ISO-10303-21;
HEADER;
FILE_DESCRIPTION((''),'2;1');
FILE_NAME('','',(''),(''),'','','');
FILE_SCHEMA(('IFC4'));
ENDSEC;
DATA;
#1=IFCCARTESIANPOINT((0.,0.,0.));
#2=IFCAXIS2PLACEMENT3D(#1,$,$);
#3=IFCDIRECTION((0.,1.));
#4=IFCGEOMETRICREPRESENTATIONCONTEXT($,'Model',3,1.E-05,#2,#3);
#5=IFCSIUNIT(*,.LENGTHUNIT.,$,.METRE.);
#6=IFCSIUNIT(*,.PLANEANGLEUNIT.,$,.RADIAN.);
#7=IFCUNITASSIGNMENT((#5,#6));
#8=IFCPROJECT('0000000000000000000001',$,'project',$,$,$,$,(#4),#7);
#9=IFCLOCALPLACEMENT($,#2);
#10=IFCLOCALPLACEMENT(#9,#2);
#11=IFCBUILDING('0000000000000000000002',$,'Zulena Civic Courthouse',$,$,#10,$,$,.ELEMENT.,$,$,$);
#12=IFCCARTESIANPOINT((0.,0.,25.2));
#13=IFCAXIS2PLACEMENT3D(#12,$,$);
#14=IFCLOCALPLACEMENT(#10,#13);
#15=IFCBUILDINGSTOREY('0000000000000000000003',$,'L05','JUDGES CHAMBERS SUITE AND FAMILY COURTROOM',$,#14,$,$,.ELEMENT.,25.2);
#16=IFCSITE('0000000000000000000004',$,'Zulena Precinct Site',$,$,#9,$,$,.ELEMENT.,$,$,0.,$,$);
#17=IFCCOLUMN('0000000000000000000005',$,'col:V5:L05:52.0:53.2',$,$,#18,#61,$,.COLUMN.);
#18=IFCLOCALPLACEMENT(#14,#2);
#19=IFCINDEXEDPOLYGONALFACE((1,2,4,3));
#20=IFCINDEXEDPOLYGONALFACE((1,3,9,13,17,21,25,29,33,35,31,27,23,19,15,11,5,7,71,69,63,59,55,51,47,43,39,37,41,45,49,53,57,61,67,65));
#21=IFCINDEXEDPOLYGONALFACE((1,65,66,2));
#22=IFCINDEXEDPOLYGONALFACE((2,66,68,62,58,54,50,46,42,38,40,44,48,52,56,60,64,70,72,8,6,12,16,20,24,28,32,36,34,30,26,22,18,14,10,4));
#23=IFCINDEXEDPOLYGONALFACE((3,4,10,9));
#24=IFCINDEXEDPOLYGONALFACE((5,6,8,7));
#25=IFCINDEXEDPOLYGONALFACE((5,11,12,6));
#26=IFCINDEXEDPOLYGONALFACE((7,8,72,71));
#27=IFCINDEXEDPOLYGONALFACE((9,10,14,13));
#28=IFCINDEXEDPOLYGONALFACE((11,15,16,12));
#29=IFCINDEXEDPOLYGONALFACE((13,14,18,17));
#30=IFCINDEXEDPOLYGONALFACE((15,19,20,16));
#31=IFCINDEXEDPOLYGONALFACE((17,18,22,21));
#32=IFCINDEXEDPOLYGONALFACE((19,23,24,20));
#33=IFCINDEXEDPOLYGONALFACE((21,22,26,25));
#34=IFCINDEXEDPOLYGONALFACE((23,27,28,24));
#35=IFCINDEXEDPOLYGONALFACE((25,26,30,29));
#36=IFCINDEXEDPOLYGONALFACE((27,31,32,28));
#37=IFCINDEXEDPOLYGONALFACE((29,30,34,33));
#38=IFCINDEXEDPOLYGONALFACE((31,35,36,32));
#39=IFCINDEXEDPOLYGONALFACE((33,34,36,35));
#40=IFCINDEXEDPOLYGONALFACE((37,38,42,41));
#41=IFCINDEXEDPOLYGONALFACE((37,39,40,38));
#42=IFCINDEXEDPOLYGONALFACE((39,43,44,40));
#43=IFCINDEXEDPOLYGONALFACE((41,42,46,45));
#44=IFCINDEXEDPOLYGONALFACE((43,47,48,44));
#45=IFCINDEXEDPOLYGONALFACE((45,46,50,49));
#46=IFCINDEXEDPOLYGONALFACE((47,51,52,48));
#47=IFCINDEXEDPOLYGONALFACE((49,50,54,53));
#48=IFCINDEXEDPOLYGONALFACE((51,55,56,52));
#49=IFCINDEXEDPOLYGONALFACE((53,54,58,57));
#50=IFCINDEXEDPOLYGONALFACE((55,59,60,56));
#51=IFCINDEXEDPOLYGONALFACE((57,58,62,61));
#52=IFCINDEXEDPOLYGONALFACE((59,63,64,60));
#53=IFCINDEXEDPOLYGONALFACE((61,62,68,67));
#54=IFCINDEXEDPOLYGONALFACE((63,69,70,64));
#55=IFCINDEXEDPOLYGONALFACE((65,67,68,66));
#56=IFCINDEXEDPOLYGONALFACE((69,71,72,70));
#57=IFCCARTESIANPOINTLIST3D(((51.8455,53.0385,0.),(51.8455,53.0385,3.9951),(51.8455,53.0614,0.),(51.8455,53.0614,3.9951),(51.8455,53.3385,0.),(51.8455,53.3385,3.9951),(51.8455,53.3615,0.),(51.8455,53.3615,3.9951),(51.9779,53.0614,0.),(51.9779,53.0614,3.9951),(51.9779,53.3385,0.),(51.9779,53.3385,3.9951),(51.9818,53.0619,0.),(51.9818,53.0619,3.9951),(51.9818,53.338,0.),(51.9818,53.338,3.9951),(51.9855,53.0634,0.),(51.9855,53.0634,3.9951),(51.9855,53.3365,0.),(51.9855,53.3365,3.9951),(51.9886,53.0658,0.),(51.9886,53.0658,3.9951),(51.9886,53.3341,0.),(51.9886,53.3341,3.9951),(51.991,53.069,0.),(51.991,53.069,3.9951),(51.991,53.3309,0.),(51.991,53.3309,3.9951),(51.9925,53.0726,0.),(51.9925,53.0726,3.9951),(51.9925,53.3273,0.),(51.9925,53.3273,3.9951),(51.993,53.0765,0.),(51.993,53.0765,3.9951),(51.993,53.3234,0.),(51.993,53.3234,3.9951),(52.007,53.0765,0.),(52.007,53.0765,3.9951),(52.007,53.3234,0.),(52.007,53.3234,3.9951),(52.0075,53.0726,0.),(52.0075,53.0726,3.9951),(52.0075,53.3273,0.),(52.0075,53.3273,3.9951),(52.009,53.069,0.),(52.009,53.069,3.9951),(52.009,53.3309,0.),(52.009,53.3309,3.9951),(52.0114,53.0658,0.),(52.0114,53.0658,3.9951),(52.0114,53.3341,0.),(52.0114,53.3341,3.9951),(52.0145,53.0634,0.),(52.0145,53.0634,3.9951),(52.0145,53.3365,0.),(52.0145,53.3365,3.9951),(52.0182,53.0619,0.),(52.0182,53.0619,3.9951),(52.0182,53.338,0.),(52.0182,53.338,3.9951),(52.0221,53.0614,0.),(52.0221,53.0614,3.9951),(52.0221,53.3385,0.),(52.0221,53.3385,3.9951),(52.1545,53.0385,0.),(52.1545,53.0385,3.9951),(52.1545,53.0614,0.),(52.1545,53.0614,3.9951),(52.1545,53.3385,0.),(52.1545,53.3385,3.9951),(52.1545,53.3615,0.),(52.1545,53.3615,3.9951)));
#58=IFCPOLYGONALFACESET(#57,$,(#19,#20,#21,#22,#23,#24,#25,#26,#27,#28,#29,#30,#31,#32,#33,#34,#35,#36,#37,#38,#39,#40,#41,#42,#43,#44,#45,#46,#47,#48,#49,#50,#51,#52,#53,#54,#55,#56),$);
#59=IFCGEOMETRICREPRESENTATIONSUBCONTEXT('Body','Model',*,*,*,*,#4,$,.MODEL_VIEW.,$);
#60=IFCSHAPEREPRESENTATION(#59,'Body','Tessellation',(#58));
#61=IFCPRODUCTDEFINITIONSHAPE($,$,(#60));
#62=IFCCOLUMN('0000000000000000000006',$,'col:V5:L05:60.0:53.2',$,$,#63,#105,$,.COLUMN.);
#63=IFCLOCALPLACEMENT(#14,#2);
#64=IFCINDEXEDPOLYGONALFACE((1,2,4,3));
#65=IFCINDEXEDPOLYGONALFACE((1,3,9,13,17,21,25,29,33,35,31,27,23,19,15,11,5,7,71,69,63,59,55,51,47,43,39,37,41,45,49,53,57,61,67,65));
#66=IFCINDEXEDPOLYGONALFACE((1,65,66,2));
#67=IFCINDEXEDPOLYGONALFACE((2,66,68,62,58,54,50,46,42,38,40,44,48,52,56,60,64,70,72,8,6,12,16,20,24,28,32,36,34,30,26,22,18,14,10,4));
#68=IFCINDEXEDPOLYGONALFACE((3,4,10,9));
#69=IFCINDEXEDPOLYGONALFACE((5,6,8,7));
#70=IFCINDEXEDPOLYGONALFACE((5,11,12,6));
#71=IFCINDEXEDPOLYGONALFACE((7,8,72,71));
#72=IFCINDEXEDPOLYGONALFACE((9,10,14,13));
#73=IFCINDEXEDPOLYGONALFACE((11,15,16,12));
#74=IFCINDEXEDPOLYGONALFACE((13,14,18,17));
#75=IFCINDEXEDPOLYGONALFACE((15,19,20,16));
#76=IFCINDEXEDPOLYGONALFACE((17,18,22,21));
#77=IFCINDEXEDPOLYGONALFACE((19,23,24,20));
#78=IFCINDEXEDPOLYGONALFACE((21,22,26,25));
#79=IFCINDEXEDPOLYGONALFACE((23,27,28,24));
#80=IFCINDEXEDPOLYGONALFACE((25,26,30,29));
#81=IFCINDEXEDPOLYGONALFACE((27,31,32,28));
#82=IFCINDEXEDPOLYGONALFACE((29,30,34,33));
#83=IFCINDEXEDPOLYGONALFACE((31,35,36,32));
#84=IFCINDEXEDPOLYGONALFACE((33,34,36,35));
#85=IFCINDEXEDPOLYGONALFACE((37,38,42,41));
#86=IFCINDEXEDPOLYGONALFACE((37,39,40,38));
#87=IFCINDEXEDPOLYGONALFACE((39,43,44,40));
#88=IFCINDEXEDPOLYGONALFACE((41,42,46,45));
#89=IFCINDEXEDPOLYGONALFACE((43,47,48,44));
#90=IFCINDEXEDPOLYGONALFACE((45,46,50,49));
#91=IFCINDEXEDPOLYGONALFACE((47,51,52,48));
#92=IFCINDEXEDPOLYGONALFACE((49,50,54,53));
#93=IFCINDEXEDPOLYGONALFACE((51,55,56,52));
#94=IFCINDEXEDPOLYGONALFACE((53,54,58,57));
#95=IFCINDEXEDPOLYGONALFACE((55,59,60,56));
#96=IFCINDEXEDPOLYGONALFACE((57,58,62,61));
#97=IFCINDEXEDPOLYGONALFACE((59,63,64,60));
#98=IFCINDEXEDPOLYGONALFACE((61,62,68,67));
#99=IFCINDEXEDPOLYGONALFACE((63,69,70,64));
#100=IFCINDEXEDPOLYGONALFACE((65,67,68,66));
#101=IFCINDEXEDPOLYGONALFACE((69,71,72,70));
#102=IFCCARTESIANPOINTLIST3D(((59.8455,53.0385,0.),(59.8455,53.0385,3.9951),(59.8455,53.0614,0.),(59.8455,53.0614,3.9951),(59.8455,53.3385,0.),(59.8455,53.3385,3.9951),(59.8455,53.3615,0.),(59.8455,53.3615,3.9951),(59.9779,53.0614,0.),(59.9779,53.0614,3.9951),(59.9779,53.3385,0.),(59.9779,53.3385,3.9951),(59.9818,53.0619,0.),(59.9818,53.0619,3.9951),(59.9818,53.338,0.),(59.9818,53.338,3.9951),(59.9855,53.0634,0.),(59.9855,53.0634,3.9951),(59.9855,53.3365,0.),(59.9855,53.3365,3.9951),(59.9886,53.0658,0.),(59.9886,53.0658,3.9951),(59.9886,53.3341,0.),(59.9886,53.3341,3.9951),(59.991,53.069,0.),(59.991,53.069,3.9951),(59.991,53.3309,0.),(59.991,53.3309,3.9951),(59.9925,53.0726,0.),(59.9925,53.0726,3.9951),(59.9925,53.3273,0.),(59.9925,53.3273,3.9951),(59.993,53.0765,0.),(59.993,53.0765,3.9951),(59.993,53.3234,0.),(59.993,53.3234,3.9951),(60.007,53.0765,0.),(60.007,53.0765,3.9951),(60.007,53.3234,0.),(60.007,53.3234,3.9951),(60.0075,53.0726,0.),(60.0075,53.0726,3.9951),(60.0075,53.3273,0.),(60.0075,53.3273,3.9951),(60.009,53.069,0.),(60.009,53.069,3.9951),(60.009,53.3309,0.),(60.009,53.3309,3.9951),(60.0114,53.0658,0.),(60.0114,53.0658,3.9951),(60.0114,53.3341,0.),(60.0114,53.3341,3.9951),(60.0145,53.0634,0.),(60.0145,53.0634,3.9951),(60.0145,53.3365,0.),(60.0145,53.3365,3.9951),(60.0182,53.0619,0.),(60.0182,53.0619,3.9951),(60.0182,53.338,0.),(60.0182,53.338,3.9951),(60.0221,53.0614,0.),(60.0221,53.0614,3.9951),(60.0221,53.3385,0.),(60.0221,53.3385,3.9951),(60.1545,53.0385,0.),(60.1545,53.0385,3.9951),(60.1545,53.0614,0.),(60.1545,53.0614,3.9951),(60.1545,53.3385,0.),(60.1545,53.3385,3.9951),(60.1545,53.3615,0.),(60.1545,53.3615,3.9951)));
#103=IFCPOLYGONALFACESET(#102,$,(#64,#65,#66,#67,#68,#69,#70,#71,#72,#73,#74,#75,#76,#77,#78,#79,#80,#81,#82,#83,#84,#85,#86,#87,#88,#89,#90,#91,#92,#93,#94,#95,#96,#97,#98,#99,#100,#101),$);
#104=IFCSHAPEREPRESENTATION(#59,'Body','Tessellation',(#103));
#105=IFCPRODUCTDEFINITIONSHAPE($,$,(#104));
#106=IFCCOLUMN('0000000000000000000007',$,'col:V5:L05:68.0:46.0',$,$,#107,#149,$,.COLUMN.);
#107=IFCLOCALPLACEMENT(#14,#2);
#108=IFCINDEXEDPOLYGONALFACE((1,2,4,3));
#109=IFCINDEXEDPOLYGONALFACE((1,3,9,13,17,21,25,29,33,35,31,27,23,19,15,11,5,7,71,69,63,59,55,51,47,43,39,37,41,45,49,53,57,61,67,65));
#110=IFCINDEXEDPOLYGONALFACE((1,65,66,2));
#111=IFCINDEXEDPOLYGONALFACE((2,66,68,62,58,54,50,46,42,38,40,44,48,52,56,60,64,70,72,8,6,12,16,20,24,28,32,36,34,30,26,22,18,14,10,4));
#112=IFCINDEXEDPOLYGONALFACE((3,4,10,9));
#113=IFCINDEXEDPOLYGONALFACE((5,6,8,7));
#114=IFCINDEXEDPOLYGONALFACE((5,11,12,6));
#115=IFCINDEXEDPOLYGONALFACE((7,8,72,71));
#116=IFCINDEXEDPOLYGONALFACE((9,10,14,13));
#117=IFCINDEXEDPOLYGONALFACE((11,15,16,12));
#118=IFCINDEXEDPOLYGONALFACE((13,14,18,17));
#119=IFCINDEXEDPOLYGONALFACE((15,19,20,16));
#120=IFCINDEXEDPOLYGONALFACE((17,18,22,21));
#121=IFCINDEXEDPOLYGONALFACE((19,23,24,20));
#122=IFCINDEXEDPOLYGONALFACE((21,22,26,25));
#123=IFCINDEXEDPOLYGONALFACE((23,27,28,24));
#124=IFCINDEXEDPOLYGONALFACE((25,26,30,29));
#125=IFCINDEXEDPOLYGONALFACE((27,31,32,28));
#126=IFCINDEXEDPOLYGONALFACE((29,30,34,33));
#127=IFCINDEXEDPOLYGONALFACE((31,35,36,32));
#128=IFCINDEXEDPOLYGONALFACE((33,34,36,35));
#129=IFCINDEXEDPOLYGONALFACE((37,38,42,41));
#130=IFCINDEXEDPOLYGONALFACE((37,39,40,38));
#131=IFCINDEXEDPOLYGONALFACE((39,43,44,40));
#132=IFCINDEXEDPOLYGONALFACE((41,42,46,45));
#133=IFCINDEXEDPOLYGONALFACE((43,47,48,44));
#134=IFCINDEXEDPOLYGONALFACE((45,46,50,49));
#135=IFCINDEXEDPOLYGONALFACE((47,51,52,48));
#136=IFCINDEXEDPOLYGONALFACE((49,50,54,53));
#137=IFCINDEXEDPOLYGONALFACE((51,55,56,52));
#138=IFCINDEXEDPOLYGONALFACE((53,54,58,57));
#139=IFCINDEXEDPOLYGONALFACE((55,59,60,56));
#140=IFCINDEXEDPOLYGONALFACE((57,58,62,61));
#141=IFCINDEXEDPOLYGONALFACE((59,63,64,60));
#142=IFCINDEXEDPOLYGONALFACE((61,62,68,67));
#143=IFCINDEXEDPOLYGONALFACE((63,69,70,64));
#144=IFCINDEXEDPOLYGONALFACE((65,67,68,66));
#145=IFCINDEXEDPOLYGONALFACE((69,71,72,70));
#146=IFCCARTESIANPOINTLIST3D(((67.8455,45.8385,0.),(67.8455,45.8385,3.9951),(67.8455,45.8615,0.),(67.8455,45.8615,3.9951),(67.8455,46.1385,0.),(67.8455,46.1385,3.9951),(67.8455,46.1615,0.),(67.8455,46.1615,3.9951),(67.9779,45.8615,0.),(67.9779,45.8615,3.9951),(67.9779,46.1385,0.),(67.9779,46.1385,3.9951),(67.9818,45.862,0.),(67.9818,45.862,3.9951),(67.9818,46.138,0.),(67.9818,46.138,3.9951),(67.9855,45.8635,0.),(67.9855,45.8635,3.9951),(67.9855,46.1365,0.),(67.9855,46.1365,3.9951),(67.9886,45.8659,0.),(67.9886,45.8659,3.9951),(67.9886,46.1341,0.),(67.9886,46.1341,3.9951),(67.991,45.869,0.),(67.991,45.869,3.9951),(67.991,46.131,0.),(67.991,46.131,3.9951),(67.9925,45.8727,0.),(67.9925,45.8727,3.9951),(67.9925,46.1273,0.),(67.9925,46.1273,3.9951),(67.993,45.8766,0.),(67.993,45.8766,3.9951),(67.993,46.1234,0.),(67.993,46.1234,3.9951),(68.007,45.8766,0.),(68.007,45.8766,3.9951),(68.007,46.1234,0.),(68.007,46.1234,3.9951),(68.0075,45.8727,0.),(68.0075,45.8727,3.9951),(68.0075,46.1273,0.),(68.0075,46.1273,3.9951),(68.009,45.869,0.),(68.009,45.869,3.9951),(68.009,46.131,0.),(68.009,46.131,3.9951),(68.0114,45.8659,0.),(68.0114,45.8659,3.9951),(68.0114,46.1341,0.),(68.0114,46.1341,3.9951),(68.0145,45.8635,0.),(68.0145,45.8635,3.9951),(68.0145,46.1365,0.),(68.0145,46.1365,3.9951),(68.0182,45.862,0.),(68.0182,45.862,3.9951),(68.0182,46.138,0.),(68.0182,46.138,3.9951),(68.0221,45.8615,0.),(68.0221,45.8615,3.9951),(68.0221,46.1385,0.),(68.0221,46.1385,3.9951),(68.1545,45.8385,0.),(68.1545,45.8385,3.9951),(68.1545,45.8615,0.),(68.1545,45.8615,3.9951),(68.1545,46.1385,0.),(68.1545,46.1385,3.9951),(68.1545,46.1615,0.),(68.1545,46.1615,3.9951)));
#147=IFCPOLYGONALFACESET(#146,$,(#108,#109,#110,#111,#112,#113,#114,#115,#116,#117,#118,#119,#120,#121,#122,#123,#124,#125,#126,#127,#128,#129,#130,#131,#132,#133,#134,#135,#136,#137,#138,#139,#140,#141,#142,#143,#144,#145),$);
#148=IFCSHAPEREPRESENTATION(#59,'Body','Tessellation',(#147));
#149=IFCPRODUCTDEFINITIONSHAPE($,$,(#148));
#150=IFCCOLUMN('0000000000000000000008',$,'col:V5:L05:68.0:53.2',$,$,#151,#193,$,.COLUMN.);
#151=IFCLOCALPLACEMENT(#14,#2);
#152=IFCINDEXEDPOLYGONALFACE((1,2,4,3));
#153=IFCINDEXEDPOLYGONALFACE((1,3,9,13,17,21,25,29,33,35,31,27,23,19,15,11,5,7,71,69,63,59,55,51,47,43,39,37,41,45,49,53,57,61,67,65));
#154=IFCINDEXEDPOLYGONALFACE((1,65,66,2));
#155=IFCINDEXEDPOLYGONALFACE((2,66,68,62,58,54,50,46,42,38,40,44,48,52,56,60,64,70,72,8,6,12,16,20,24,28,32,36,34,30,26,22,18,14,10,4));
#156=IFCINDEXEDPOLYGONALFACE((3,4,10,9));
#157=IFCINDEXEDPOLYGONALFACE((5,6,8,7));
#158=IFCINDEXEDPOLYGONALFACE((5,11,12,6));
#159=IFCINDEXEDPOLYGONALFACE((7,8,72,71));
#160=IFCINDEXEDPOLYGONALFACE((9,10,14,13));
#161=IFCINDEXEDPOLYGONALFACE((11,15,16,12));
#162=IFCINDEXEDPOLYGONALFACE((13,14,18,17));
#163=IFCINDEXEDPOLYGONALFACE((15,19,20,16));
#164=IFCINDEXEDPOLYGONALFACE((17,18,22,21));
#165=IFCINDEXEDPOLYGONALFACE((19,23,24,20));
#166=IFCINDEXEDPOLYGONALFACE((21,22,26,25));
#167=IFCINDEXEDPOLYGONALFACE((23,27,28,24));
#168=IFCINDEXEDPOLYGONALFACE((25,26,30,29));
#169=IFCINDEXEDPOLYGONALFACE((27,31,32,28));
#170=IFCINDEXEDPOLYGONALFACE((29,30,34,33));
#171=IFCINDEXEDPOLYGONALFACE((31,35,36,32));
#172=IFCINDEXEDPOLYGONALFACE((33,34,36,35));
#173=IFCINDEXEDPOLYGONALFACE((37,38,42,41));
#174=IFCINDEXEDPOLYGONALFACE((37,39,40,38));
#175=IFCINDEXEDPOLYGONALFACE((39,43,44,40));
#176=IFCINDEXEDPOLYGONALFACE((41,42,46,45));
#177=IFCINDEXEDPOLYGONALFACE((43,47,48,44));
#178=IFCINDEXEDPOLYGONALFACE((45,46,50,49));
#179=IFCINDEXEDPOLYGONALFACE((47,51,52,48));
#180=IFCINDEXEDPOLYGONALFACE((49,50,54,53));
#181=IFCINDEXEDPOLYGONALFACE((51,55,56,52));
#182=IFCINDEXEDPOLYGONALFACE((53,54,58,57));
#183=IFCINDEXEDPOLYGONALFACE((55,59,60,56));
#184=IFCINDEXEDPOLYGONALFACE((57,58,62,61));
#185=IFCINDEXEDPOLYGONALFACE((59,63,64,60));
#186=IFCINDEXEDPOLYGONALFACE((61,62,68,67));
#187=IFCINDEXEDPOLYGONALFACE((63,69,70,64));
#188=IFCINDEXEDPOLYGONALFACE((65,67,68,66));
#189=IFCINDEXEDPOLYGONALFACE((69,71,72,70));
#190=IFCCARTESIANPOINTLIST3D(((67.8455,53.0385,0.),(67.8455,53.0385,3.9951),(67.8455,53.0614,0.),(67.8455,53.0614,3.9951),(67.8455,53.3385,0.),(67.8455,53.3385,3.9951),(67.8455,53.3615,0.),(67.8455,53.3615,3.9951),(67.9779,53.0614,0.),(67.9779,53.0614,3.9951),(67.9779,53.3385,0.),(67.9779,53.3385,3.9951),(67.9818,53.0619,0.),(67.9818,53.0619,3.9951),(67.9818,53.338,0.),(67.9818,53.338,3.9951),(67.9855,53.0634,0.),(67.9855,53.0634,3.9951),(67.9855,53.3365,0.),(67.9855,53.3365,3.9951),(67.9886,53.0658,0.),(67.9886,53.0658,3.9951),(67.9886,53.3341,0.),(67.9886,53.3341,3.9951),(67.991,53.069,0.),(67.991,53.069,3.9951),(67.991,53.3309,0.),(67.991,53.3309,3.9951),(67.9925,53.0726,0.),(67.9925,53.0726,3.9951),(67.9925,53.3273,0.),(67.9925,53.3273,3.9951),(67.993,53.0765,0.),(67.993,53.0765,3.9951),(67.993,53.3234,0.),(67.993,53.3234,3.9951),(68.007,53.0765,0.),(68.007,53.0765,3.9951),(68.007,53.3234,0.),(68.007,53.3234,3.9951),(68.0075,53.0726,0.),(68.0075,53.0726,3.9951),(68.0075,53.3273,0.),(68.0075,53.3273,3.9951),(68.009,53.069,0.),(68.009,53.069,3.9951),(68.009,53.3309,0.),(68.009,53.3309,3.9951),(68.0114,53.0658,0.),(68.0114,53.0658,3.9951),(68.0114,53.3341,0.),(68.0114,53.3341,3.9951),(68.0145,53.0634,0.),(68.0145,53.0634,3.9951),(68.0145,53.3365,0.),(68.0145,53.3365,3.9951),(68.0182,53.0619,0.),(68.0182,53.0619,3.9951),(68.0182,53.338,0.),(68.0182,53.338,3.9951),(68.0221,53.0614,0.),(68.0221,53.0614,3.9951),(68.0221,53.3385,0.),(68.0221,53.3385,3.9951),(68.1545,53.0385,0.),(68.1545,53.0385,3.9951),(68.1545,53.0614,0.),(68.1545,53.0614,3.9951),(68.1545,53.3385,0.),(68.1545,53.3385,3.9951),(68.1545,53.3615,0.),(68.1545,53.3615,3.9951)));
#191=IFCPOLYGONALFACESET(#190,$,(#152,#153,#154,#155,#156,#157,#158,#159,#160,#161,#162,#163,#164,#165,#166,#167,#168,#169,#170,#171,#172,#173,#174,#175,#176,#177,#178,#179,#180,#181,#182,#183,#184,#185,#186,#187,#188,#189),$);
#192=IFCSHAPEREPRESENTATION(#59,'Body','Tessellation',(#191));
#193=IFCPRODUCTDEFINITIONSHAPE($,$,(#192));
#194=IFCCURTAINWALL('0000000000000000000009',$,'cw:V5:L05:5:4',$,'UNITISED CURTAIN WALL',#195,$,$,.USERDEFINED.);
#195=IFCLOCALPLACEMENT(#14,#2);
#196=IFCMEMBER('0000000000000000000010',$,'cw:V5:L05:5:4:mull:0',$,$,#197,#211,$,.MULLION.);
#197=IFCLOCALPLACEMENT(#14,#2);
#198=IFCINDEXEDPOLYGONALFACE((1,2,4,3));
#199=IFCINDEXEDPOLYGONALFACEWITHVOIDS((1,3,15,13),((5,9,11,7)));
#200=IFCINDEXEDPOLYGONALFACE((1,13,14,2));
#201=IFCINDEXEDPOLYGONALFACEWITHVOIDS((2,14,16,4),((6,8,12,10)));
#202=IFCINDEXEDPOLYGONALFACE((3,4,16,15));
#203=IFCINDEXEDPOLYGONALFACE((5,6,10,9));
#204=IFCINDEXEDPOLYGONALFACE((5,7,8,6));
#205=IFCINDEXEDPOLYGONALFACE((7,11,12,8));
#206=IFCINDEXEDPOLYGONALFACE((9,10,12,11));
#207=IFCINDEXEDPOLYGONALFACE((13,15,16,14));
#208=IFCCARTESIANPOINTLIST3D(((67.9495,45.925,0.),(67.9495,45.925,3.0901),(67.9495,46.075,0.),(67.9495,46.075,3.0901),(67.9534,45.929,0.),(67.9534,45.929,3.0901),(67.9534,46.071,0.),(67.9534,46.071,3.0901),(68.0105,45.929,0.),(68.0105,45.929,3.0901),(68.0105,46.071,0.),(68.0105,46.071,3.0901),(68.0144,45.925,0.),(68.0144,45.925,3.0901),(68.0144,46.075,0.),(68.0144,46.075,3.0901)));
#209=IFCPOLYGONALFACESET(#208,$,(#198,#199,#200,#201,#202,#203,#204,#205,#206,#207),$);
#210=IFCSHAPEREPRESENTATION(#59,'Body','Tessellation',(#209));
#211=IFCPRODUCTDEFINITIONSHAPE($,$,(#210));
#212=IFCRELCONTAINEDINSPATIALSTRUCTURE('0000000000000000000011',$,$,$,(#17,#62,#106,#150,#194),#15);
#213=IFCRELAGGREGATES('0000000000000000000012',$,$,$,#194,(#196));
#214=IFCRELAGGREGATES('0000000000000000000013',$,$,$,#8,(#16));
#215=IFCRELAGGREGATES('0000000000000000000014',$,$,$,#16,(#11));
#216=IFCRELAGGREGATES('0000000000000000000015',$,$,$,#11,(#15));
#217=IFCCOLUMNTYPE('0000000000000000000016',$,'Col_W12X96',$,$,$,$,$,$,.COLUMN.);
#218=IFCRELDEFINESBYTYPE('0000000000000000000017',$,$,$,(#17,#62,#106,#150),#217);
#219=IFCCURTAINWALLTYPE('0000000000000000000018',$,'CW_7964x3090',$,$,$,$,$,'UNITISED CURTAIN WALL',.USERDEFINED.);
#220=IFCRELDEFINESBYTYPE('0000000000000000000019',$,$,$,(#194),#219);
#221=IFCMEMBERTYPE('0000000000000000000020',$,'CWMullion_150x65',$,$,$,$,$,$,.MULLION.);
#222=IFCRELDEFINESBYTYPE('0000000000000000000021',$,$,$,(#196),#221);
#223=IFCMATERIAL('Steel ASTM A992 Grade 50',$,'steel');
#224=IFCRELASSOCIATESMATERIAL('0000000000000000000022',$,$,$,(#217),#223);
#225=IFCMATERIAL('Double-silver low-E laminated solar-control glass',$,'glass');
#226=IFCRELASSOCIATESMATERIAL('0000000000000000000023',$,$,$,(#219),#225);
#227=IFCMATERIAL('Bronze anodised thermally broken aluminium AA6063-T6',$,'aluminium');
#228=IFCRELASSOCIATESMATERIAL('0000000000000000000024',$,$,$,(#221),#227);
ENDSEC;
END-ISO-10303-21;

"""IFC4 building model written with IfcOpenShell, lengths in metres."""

from ifc_helpers import new_model, si_unit, direction, frame, origin, origin_2d, place, context, subcontext, project, spatial, hollow_rectangle, i_section, extrude, material, material_profile, profile_set, type_object, element, aggregate, save


model = new_model("IFC4")

# Units and contexts
model_context = context("Model", 3, precision=1e-05, world=origin(), true_north=direction((0.0, 1.0)))
body_context = subcontext(model_context, "Body", "Model", "MODEL_VIEW")
ifc_project = project(units=[si_unit("LENGTHUNIT", "METRE"), si_unit("PLANEANGLEUNIT", "RADIAN")], contexts=[model_context])

# Site, building, storey
site_placement = place(None, origin())
site = spatial("IfcSite", under=ifc_project, at=site_placement, Name="Zulena Precinct Site", CompositionType="ELEMENT", RefElevation=0.0)
building_placement = place(site_placement, origin())
building = spatial("IfcBuilding", under=site, at=building_placement, Name="Zulena Civic Courthouse", CompositionType="ELEMENT")
storey_placement = place(building_placement, frame((0.0, 0.0, 25.2)))
storey = spatial("IfcBuildingStorey", under=building, at=storey_placement, Name="L05", Description="JUDGES CHAMBERS SUITE AND FAMILY COURTROOM", CompositionType="ELEMENT", Elevation=25.2)

# Columns
ifc_material_1 = material(Name="Steel ASTM A992 Grade 50", Category="steel")
ifc_material_profile_1 = material_profile(ifc_material_1, i_section(OverallWidth=0.3091, OverallDepth=0.323, WebThickness=0.0139, FlangeThickness=0.0229, FilletRadius=0.0151, at=origin_2d()), Name="W12X96")
ifc_profile_set_1 = profile_set([ifc_material_profile_1], Name="Steel ASTM A992 Grade 50")
column_type = type_object("IfcColumnType", Name="Col_W12X96", PredefinedType="COLUMN", material=ifc_profile_set_1)
for number, where, z_axis, x_axis, name in (
    (1, (52.0, 53.2, 0.0), (0.0, 0.0, 1.0), (1.0, 0.0, 0.0), "col:V5:L05:52.0:53.2"),
    (2, (60.0, 53.2, 0.0), (0.0, 0.0, 1.0), (1.0, 0.0, 0.0), "col:V5:L05:60.0:53.2"),
    (3, (68.0, 46.0, 0.0), (0.0, 0.0, 1.0), (1.0, 0.0, 0.0), "col:V5:L05:68.0:46.0"),
    (4, (68.0, 53.2, 0.0), (0.0, 0.0, 1.0), (1.0, 0.0, 0.0), "col:V5:L05:68.0:53.2"),
):
    element("IfcColumn", number, at=place(storey_placement, frame(where, z_axis=z_axis, x_axis=x_axis)), inside=storey, type_object=column_type, Name=name, PredefinedType="COLUMN", context=body_context, shape_type="SweptSolid", body=[
        extrude(i_section(OverallWidth=0.3091, OverallDepth=0.323, WebThickness=0.0139, FlangeThickness=0.0229, FilletRadius=0.0151, at=origin_2d()), origin(), (0.0, 0.0, 1.0), 3.9951),
    ])

# Curtain wall, member
ifc_material_2 = material(Name="Double-silver low-E laminated solar-control glass", Category="glass")
curtain_wall_type = type_object("IfcCurtainWallType", Name="CW_7964x3090", ElementType="UNITISED CURTAIN WALL", PredefinedType="USERDEFINED", material=ifc_material_2)
curtain_wall_placement = place(storey_placement, origin())
curtain_wall = element("IfcCurtainWall", 5, at=curtain_wall_placement, inside=storey, type_object=curtain_wall_type, Name="cw:V5:L05:5:4", ObjectType="UNITISED CURTAIN WALL", PredefinedType="USERDEFINED")
ifc_material_3 = material(Name="Bronze anodised thermally broken aluminium AA6063-T6", Category="aluminium")
ifc_material_profile_2 = material_profile(ifc_material_3, hollow_rectangle(XDim=0.0649, YDim=0.1499, WallThickness=0.0039, at=origin_2d()), Name="CWM150X65X4")
ifc_profile_set_2 = profile_set([ifc_material_profile_2], Name="Bronze anodised thermally broken aluminium AA6063-T6")
member_type_1 = type_object("IfcMemberType", Name="CWMullion_150x65", PredefinedType="MULLION", material=ifc_profile_set_2)
member_1_placement = place(storey_placement, frame((67.9819, 46.0, 0.0), z_axis=(0.0, 0.0, 1.0), x_axis=(1.0, 0.0, 0.0)))
member_1 = element("IfcMember", 6, at=member_1_placement, type_object=member_type_1, Name="cw:V5:L05:5:4:mull:0", PredefinedType="MULLION", context=body_context, shape_type="SweptSolid", body=[
    extrude(hollow_rectangle(XDim=0.0649, YDim=0.1499, WallThickness=0.0039, at=origin_2d()), origin(), (0.0, 0.0, 1.0), 3.0901),
])

aggregate(curtain_wall, [member_1])

save(model, "model.ifc")
